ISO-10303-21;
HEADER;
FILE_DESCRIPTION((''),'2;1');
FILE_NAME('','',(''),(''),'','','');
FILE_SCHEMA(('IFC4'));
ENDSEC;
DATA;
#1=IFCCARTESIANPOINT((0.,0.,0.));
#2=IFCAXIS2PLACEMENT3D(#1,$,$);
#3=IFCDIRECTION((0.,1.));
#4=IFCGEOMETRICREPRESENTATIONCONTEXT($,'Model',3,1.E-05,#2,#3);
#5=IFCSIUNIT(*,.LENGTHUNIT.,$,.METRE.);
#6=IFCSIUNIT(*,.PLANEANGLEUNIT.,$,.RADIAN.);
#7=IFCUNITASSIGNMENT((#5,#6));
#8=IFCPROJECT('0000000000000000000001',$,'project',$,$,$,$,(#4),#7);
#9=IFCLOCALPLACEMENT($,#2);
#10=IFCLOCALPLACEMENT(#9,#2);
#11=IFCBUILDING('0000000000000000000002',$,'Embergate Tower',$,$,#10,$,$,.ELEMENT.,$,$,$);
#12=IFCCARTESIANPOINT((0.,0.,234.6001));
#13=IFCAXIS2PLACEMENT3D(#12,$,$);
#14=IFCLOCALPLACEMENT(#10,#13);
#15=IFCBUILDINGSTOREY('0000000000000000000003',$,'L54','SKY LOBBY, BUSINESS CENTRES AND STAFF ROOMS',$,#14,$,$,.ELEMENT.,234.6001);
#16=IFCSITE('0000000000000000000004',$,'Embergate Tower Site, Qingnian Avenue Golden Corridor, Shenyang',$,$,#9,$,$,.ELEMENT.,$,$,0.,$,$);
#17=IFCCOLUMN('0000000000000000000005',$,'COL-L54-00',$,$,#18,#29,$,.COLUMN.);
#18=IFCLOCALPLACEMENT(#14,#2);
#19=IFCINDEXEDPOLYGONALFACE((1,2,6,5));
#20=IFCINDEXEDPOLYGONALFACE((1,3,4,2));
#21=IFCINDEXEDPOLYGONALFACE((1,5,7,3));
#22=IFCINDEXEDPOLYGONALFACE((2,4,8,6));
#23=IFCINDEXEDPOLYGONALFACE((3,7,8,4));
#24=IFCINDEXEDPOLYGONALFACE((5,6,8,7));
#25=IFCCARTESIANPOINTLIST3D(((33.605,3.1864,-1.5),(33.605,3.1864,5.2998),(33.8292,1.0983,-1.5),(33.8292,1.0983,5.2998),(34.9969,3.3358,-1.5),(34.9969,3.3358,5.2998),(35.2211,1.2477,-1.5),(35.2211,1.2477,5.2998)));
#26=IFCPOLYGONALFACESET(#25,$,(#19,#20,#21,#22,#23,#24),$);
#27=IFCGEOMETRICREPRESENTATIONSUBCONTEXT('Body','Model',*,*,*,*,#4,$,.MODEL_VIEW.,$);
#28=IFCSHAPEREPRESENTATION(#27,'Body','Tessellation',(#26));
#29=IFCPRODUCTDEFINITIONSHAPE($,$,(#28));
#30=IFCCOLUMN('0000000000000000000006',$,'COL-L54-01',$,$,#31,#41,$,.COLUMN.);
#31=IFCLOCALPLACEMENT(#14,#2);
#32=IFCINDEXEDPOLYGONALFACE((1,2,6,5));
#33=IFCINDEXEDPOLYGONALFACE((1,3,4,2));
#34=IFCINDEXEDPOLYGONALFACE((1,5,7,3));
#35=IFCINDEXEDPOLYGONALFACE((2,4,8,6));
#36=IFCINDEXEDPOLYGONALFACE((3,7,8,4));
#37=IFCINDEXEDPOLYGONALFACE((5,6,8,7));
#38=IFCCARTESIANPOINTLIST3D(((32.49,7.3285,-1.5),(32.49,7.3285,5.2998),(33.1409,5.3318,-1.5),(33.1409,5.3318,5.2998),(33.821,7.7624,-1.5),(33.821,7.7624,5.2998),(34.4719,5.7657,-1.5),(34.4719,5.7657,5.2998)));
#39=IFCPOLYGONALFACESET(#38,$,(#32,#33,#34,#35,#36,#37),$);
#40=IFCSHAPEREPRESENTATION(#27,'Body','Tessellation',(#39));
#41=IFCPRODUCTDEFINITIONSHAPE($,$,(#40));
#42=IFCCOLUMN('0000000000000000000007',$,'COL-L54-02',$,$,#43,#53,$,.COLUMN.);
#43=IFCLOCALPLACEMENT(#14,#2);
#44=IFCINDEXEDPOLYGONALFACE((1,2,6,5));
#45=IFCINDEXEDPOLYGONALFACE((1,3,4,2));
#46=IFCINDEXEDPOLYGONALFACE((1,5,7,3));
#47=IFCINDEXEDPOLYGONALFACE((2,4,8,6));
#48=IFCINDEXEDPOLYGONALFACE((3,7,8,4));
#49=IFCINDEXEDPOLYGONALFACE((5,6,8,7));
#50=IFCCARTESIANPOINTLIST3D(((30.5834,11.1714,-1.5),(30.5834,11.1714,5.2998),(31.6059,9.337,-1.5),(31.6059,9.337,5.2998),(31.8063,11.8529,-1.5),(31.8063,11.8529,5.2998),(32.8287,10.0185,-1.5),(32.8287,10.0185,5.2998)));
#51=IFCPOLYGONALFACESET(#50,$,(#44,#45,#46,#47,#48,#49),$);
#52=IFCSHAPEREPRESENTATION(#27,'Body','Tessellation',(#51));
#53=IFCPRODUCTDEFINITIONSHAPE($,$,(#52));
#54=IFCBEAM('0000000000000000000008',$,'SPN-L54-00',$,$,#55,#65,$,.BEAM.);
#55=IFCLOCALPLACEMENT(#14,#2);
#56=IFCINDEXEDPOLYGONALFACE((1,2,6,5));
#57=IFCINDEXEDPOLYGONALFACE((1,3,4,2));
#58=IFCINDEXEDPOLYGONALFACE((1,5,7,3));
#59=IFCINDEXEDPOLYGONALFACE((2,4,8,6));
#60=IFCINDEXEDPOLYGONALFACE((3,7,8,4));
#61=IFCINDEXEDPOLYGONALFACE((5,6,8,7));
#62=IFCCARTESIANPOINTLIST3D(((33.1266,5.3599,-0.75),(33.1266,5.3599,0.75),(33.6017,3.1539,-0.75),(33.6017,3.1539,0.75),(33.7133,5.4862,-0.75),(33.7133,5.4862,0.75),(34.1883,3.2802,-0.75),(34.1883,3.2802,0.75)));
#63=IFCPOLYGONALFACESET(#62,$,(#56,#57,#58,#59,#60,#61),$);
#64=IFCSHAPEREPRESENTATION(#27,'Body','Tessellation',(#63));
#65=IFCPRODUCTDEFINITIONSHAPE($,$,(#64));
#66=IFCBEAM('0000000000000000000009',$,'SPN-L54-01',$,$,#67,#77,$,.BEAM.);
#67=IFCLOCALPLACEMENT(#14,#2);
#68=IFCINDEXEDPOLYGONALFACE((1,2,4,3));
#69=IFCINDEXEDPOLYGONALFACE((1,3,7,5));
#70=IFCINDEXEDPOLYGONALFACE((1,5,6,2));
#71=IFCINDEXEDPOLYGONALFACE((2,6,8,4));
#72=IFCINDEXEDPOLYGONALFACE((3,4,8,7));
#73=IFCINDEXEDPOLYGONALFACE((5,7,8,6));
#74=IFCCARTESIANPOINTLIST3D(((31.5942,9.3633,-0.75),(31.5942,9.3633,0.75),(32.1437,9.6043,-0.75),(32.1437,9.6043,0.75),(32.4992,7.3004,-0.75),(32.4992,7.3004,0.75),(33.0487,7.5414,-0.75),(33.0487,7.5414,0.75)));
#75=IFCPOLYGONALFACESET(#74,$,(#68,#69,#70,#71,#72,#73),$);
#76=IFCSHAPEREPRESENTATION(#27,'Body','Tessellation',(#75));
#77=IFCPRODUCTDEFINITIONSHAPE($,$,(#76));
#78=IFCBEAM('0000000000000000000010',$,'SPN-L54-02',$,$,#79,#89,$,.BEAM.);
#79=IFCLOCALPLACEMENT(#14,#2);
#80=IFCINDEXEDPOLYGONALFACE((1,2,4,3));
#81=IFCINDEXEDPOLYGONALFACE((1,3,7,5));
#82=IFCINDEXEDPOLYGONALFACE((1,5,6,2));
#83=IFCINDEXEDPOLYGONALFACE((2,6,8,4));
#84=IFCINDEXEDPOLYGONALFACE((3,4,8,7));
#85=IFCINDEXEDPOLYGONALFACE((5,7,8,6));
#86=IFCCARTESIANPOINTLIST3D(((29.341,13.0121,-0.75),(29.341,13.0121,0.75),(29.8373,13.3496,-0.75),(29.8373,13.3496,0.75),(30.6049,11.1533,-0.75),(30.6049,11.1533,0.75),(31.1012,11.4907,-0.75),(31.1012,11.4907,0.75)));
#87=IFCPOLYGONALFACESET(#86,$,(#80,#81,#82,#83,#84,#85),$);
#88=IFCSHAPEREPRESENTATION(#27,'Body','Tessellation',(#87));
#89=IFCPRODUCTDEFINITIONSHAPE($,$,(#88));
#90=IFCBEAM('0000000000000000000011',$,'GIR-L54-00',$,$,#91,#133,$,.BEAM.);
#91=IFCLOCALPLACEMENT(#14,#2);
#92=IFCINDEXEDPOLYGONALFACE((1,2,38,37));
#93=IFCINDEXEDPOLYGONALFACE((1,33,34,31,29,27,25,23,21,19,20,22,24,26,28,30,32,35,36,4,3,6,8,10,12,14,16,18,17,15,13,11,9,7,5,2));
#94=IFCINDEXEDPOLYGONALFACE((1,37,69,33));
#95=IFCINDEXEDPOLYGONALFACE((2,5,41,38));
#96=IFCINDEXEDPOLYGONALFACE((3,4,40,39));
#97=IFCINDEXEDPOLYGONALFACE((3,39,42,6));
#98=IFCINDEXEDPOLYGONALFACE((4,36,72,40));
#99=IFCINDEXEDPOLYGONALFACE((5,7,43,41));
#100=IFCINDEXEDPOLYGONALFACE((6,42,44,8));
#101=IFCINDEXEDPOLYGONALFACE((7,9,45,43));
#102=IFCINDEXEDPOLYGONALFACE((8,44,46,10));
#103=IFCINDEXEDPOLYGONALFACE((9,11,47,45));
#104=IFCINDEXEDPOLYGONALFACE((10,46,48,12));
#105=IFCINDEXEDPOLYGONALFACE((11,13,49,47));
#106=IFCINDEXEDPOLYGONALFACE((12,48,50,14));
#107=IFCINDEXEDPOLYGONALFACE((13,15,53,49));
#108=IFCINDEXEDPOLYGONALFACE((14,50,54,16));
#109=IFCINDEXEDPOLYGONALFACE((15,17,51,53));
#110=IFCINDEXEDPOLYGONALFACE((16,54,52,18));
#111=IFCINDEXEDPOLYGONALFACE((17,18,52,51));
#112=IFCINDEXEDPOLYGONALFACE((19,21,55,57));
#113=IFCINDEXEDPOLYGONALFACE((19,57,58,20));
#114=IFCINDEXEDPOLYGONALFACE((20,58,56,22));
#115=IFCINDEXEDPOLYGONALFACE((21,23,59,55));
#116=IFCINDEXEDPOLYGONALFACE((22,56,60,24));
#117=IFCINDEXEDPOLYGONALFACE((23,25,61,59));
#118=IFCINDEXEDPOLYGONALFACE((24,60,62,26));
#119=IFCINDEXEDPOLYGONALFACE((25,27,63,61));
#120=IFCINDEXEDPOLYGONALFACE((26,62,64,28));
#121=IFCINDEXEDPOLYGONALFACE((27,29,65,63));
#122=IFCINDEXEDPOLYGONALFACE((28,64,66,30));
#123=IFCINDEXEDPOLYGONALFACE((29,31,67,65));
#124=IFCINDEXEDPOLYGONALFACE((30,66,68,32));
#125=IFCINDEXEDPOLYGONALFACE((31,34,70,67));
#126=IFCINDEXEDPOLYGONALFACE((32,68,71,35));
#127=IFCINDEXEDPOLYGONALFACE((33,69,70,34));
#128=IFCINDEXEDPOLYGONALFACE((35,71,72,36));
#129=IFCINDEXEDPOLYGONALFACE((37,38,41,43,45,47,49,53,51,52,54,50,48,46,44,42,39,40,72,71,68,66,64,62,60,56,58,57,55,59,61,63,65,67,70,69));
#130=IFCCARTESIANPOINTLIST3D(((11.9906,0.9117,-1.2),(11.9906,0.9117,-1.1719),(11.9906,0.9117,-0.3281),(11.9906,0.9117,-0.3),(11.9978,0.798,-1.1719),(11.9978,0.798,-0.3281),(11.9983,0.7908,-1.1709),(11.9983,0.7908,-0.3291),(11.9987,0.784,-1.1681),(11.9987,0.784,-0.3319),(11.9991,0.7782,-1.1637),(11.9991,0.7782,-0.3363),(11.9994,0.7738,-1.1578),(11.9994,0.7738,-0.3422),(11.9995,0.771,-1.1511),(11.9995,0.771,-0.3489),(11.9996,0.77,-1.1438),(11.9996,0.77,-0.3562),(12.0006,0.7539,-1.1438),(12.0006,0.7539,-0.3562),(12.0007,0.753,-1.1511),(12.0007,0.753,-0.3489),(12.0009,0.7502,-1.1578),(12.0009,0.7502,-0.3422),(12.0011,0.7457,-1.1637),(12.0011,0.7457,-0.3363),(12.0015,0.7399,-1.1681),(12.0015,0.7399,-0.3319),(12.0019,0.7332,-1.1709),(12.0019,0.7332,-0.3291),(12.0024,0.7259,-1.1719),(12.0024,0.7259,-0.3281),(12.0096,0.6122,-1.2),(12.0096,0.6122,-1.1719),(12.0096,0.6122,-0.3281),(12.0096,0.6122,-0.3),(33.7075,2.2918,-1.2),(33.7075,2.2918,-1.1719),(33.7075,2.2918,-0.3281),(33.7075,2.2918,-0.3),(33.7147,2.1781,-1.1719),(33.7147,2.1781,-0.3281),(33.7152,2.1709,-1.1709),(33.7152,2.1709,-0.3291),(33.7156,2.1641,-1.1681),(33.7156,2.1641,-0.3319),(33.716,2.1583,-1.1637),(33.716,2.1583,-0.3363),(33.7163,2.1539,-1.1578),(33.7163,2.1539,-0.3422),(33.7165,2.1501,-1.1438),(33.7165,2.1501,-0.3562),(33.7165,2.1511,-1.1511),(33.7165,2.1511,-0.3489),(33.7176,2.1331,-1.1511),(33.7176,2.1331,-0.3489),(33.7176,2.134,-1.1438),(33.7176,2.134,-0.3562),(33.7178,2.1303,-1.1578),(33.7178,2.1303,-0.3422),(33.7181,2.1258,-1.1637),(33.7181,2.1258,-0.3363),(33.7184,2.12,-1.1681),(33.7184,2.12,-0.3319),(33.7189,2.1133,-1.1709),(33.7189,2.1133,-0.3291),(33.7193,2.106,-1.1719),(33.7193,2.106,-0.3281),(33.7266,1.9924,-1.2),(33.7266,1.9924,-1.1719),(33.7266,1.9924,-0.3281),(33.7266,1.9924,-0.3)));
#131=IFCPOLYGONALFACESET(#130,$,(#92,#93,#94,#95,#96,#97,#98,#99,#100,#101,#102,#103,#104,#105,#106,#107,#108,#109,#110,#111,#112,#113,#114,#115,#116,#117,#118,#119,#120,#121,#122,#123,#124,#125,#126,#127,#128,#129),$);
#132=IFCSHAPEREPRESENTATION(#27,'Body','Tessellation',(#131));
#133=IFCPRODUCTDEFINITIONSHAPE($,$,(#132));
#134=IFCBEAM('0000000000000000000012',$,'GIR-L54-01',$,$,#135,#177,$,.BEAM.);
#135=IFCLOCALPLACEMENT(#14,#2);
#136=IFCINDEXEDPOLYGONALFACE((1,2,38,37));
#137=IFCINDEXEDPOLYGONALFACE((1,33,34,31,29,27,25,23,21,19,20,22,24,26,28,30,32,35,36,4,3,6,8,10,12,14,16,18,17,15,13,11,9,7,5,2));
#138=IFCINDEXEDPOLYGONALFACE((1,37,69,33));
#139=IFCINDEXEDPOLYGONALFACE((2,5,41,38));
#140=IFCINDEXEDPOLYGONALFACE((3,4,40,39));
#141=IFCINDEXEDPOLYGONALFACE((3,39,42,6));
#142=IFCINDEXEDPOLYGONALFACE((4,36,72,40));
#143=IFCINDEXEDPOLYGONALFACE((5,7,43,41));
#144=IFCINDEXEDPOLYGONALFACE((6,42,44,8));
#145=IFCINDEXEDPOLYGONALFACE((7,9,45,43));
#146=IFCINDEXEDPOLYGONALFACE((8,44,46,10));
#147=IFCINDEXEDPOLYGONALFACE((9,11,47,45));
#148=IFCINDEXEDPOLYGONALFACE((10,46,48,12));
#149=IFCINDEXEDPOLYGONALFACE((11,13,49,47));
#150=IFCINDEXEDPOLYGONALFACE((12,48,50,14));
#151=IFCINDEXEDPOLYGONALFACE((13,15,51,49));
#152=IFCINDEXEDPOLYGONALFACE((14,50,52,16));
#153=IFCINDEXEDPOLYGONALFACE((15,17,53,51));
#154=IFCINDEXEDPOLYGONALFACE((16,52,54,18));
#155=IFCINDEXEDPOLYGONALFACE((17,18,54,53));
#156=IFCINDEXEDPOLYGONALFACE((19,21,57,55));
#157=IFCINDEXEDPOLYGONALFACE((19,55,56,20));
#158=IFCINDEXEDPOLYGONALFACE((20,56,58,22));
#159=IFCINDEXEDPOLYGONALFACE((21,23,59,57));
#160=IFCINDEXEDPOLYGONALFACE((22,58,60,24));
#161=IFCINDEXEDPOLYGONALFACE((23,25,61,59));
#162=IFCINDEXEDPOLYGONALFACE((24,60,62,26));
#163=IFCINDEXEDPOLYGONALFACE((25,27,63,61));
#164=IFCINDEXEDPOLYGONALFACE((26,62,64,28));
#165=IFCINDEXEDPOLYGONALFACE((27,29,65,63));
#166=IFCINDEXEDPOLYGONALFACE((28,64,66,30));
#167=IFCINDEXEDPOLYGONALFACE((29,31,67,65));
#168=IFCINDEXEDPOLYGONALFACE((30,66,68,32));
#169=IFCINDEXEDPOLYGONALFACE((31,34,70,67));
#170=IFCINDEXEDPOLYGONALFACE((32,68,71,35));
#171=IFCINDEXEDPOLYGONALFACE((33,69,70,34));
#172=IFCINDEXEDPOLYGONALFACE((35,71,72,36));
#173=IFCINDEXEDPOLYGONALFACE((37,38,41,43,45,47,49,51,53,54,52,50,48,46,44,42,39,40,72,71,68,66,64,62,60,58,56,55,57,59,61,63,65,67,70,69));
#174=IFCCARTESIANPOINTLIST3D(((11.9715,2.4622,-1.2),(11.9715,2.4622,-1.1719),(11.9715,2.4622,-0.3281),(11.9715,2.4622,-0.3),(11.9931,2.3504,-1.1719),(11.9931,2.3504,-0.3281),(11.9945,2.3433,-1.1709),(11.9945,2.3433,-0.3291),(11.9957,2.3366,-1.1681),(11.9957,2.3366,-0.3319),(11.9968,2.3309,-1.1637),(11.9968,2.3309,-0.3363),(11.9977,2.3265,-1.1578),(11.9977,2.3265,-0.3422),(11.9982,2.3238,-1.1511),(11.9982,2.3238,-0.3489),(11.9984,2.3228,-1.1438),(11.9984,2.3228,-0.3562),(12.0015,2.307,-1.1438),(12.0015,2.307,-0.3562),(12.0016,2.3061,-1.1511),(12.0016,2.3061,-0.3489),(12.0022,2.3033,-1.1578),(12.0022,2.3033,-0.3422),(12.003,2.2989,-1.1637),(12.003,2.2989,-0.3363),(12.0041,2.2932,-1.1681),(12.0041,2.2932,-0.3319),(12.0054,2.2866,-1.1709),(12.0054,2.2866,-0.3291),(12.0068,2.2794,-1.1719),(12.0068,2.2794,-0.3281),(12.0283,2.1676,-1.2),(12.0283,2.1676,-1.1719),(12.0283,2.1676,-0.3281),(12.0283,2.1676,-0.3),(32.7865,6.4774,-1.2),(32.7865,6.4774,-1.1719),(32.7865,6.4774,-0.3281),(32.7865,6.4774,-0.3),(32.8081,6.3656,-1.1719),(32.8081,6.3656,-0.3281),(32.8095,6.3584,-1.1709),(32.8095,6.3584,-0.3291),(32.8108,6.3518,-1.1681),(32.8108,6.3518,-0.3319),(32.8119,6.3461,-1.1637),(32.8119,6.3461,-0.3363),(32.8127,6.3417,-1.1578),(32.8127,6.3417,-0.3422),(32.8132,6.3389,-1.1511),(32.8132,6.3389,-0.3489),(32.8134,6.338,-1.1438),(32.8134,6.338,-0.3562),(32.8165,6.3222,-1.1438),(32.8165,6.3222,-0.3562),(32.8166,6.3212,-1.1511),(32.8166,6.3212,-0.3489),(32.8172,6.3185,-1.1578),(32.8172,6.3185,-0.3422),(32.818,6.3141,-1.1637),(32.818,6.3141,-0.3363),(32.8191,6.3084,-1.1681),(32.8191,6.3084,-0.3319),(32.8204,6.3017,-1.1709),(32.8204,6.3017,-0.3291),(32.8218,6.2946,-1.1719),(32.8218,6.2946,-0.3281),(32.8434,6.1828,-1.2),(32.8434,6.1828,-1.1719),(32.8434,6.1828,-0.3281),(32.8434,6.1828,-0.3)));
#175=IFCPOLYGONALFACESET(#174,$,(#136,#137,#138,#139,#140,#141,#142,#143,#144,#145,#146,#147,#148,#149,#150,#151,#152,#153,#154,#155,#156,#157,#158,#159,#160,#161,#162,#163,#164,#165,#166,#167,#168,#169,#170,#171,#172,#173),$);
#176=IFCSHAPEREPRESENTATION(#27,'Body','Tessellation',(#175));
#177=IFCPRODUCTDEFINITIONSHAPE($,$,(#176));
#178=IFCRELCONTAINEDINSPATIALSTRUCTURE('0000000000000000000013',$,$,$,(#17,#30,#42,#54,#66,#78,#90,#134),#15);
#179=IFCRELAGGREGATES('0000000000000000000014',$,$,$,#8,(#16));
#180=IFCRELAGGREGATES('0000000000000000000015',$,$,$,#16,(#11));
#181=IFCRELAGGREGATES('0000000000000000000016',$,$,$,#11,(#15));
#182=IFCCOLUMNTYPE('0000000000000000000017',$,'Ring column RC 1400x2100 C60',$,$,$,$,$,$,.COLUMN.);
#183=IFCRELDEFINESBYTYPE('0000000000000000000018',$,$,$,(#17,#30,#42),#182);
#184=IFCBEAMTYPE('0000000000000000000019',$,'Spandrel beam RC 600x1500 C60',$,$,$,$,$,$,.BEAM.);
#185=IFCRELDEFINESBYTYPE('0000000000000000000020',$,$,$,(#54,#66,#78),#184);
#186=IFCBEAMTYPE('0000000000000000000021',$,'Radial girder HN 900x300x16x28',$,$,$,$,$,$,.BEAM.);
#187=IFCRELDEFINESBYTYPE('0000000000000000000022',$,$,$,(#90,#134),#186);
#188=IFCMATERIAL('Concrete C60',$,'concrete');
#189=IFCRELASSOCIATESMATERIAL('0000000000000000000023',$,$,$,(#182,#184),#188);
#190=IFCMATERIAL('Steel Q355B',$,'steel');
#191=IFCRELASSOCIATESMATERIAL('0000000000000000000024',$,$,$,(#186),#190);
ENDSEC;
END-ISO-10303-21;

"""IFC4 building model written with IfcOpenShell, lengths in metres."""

from ifc_helpers import new_model, si_unit, direction, frame, origin, origin_2d, place, context, subcontext, project, spatial, rectangle, i_section, extrude, source, transform, mapped, material, material_profile, profile_set, type_object, element, save


model = new_model("IFC4")

# Units and contexts
model_context = context("Model", 3, precision=1e-05, world=origin(), true_north=direction((0.0, 1.0)))
body_context = subcontext(model_context, "Body", "Model", "MODEL_VIEW")
ifc_project = project(units=[si_unit("LENGTHUNIT", "METRE"), si_unit("PLANEANGLEUNIT", "RADIAN")], contexts=[model_context])

# Site, building, storey
site_placement = place(None, origin())
site = spatial("IfcSite", under=ifc_project, at=site_placement, Name="Embergate Tower Site, Qingnian Avenue Golden Corridor, Shenyang", CompositionType="ELEMENT", RefElevation=0.0)
building_placement = place(site_placement, origin())
building = spatial("IfcBuilding", under=site, at=building_placement, Name="Embergate Tower", CompositionType="ELEMENT")
storey_placement = place(building_placement, frame((0.0, 0.0, 234.6001)))
storey = spatial("IfcBuildingStorey", under=building, at=storey_placement, Name="L54", Description="SKY LOBBY, BUSINESS CENTRES AND STAFF ROOMS", CompositionType="ELEMENT", Elevation=234.6001)

# Columns
ifc_material_1 = material(Name="Concrete C60", Category="concrete")
ifc_material_profile_1 = material_profile(ifc_material_1, rectangle(XDim=1.3999, YDim=2.1001, at=origin_2d()), Name="RC 1400x2100")
ifc_profile_set_1 = profile_set([ifc_material_profile_1], Name="Concrete C60")
column_type = type_object("IfcColumnType", Name="Ring column RC 1400x2100 C60", PredefinedType="COLUMN", material=ifc_profile_set_1)
shared_shape_1 = source(origin(), body_context, "Body", "SweptSolid", [
    extrude(rectangle(XDim=1.3999, YDim=2.1001, at=origin_2d()), origin(), (0.0, 0.0, 1.0), 6.7998),
])
for number, where, z_axis, x_axis, name in (
    (1, (34.4131, 2.217, -1.5), (0.0, 0.0, 1.0), (0.994286, 0.10675, 0.0), "COL-L54-00"),
    (2, (33.481, 6.5471, -1.5), (0.0, 0.0, 1.0), (0.950754, 0.309946, 0.0), "COL-L54-01"),
    (3, (31.7061, 10.595, -1.5), (0.0, 0.0, 1.0), (0.873492, 0.486839, 0.0), "COL-L54-02"),
):
    element("IfcColumn", number, at=place(storey_placement, frame(where, z_axis=z_axis, x_axis=x_axis)), inside=storey, type_object=column_type, Name=name, PredefinedType="COLUMN", context=body_context, shape_type="MappedRepresentation", body=[
        mapped(shared_shape_1, transform((0.0, 0.0, 0.0))),
    ])

# Beams
ifc_material_profile_2 = material_profile(ifc_material_1, rectangle(XDim=0.6001, YDim=1.5, at=origin_2d()), Name="RC 600x1500")
ifc_profile_set_2 = profile_set([ifc_material_profile_2], Name="Concrete C60")
beam_type_1 = type_object("IfcBeamType", Name="Spandrel beam RC 600x1500 C60", PredefinedType="BEAM", material=ifc_profile_set_2)
shared_shape_2 = source(origin(), body_context, "Body", "SweptSolid", [
    extrude(rectangle(XDim=0.6001, YDim=1.5, at=origin_2d()), origin(), (0.0, 0.0, 1.0), 2.2566),
])
beam_1_placement = place(storey_placement, frame((33.895, 3.217, 0.0), z_axis=(-0.210534, 0.977587, 0.0), x_axis=(-0.977587, -0.210534, 0.0)))
element("IfcBeam", 4, at=beam_1_placement, inside=storey, type_object=beam_type_1, Name="SPN-L54-00", PredefinedType="BEAM", context=body_context, shape_type="MappedRepresentation", body=[
    mapped(shared_shape_2, transform((0.0, 0.0, 0.0))),
])
shared_shape_3 = source(origin(), body_context, "Body", "SweptSolid", [
    extrude(rectangle(XDim=0.6001, YDim=1.5, at=origin_2d()), origin(), (0.0, 0.0, 1.0), 2.2527),
])
beam_2_placement = place(storey_placement, frame((32.7739, 7.4209, 0.0), z_axis=(-0.40174, 0.915754, 0.0), x_axis=(-0.915754, -0.40174, 0.0)))
element("IfcBeam", 5, at=beam_2_placement, inside=storey, type_object=beam_type_1, Name="SPN-L54-01", PredefinedType="BEAM", context=body_context, shape_type="MappedRepresentation", body=[
    mapped(shared_shape_3, transform((0.0, 0.0, 0.0))),
])
shared_shape_4 = source(origin(), body_context, "Body", "SweptSolid", [
    extrude(rectangle(XDim=0.6001, YDim=1.5, at=origin_2d()), origin(), (0.0, 0.0, 1.0), 2.2478),
])
beam_3_placement = place(storey_placement, frame((30.853, 11.322, 0.0), z_axis=(-0.562271, 0.826953, 0.0), x_axis=(-0.826953, -0.562271, 0.0)))
element("IfcBeam", 6, at=beam_3_placement, inside=storey, type_object=beam_type_1, Name="SPN-L54-02", PredefinedType="BEAM", context=body_context, shape_type="MappedRepresentation", body=[
    mapped(shared_shape_4, transform((0.0, 0.0, 0.0))),
])
ifc_material_2 = material(Name="Steel Q355B", Category="steel")
ifc_material_profile_3 = material_profile(ifc_material_2, i_section(OverallWidth=0.3, OverallDepth=0.8999, WebThickness=0.0161, FlangeThickness=0.0281, FilletRadius=0.0281, at=origin_2d()), Name="HN 900x300x16x28")
ifc_profile_set_3 = profile_set([ifc_material_profile_3], Name="Steel Q355 grade B")
beam_type_2 = type_object("IfcBeamType", Name="Radial girder HN 900x300x16x28", PredefinedType="BEAM", material=ifc_profile_set_3)
shared_shape_5 = source(origin(), body_context, "Body", "SweptSolid", [
    extrude(i_section(OverallWidth=0.3, OverallDepth=0.8999, WebThickness=0.0161, FlangeThickness=0.0281, FilletRadius=0.0281, at=origin_2d()), origin(), (0.0, 0.0, 1.0), 21.7607),
])
beam_4_placement = place(storey_placement, frame((33.717, 2.1421, -0.75), z_axis=(-0.997987, -0.063422, 0.0), x_axis=(0.063422, -0.997987, 0.0)))
element("IfcBeam", 7, at=beam_4_placement, inside=storey, type_object=beam_type_2, Name="GIR-L54-00", PredefinedType="BEAM", context=body_context, shape_type="MappedRepresentation", body=[
    mapped(shared_shape_5, transform((0.0, 0.0, 0.0))),
])
shared_shape_6 = source(origin(), body_context, "Body", "SweptSolid", [
    extrude(i_section(OverallWidth=0.3, OverallDepth=0.8999, WebThickness=0.0161, FlangeThickness=0.0281, FilletRadius=0.0281, at=origin_2d()), origin(), (0.0, 0.0, 1.0), 21.1987),
])
beam_5_placement = place(storey_placement, frame((32.8149, 6.3301, -0.75), z_axis=(-0.981899, -0.189405, 0.0), x_axis=(0.189405, -0.981899, 0.0)))
element("IfcBeam", 8, at=beam_5_placement, inside=storey, type_object=beam_type_2, Name="GIR-L54-01", PredefinedType="BEAM", context=body_context, shape_type="MappedRepresentation", body=[
    mapped(shared_shape_6, transform((0.0, 0.0, 0.0))),
])

save(model, "model.ifc")
